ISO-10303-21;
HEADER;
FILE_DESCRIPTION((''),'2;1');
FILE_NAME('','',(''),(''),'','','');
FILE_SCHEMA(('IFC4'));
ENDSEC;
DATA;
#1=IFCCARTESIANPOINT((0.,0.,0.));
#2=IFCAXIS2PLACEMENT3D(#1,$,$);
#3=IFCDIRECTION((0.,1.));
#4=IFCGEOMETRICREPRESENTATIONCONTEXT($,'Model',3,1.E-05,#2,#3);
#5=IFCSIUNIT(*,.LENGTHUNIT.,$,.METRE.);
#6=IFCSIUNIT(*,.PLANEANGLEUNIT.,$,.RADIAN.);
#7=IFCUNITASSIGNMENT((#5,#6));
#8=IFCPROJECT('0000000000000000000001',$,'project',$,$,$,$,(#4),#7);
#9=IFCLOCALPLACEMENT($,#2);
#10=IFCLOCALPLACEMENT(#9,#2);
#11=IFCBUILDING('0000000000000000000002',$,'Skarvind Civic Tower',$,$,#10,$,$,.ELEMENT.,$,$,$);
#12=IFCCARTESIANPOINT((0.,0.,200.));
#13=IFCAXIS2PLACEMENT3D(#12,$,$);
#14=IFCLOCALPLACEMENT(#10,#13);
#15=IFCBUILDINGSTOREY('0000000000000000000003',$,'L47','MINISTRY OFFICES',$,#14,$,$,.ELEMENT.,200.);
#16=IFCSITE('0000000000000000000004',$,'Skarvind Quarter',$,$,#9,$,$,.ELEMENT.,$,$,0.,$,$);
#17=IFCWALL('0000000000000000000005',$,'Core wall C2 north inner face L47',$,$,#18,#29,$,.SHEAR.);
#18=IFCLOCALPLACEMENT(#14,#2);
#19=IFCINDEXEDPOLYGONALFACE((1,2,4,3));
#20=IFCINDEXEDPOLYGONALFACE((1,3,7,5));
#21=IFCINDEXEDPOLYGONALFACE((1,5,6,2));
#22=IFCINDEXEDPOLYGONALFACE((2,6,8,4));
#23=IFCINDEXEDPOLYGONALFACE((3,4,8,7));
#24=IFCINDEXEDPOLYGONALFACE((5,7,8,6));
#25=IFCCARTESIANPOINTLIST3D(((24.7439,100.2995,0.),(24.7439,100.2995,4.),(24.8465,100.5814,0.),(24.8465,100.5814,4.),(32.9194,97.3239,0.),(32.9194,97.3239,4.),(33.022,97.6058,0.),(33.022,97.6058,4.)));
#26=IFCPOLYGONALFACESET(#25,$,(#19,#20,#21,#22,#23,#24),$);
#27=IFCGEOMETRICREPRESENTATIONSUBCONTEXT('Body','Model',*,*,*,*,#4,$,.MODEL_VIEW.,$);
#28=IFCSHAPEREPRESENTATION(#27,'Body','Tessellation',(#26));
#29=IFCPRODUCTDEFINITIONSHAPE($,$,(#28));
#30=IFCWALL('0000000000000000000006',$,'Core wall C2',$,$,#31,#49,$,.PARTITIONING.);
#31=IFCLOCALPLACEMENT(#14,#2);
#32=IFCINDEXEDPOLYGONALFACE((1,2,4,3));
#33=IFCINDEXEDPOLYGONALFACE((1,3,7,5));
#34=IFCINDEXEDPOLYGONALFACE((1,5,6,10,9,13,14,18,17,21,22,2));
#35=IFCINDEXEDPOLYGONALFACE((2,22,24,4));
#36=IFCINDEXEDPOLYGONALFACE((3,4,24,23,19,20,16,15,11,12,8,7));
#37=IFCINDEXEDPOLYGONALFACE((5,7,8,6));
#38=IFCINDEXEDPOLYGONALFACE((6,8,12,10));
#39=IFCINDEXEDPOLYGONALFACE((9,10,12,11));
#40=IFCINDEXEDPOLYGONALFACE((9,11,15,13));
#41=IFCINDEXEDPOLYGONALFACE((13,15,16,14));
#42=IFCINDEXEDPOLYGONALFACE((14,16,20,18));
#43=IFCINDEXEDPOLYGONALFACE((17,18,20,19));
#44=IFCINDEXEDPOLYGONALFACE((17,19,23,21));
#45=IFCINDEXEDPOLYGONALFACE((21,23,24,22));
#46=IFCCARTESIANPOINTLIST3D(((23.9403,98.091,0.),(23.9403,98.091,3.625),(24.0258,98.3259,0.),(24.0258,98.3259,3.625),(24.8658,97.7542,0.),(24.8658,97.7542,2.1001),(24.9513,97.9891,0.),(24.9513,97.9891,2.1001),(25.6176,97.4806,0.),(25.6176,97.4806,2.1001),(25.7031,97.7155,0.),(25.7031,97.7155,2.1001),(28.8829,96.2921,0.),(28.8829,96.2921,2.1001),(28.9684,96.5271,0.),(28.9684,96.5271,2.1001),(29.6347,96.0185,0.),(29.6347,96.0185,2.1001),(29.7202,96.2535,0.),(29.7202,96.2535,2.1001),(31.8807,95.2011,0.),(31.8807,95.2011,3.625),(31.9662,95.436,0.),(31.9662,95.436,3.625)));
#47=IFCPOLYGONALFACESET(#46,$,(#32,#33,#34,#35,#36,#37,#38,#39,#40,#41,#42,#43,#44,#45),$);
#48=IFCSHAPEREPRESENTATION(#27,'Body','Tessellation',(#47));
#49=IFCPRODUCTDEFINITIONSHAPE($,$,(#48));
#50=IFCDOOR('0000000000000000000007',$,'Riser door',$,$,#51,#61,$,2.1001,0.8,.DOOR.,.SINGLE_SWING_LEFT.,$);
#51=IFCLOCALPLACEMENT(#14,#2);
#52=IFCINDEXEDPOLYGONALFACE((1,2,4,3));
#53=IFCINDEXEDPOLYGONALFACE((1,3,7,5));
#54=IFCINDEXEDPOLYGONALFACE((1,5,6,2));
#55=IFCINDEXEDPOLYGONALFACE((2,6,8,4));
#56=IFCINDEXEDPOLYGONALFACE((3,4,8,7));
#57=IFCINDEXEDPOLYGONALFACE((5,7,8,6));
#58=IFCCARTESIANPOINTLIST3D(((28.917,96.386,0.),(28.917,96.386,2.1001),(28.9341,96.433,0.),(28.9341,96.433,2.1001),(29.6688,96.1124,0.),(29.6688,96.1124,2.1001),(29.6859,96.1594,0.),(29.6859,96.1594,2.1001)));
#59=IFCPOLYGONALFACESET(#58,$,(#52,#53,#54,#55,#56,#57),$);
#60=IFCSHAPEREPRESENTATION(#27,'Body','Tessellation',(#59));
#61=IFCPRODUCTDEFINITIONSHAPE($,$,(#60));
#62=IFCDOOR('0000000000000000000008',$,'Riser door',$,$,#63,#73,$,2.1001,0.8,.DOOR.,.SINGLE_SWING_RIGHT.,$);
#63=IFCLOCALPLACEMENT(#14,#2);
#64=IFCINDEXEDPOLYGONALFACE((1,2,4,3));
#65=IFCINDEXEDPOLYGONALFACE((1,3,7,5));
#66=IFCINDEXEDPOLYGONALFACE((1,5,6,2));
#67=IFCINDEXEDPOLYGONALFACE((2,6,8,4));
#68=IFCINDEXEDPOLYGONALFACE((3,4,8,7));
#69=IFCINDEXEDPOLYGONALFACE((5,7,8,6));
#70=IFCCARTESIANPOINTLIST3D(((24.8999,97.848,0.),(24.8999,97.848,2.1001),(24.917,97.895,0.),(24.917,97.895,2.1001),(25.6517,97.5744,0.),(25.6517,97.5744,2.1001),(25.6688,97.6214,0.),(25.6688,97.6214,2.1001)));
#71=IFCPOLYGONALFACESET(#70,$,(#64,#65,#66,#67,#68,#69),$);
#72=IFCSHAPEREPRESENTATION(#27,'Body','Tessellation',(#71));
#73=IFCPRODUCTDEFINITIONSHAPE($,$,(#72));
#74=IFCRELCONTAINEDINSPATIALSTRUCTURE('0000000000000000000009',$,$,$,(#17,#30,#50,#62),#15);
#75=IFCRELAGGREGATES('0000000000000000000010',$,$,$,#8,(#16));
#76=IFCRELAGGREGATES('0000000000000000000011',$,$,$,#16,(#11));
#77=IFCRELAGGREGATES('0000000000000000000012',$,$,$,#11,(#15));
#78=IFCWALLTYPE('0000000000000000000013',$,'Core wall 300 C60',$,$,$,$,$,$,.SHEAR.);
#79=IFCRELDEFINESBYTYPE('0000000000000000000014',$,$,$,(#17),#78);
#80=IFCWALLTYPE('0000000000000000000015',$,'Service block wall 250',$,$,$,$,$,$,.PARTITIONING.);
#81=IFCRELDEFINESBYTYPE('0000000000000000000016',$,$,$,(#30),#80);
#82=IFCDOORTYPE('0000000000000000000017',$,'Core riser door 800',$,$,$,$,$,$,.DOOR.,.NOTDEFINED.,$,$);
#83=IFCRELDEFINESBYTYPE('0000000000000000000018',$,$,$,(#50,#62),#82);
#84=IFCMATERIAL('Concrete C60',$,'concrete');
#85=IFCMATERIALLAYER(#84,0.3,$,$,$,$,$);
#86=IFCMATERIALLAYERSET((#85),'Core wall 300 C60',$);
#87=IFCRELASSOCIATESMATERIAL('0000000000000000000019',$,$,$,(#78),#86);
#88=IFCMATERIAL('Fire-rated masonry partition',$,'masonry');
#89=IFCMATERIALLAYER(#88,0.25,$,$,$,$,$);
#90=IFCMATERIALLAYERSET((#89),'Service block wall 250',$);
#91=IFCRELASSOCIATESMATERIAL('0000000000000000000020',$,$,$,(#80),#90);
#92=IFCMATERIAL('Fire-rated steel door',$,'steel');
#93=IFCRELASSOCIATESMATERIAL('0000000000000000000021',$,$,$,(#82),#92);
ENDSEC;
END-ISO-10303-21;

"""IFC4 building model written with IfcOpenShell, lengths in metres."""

from ifc_helpers import new_model, si_unit, direction, frame, frame_2d, origin, place, context, subcontext, project, spatial, rectangle, extrude, material, layer, layer_set, type_object, element, fill, save


model = new_model("IFC4")

# Units and contexts
model_context = context("Model", 3, precision=1e-05, world=origin(), true_north=direction((0.0, 1.0)))
body_context = subcontext(model_context, "Body", "Model", "MODEL_VIEW")
ifc_project = project(units=[si_unit("LENGTHUNIT", "METRE"), si_unit("PLANEANGLEUNIT", "RADIAN")], contexts=[model_context])

# Site, building, storey
site_placement = place(None, origin())
site = spatial("IfcSite", under=ifc_project, at=site_placement, Name="Skarvind Quarter", CompositionType="ELEMENT", RefElevation=0.0)
building_placement = place(site_placement, origin())
building = spatial("IfcBuilding", under=site, at=building_placement, Name="Skarvind Civic Tower", CompositionType="ELEMENT")
storey_placement = place(building_placement, frame((0.0, 0.0, 200.0)))
storey = spatial("IfcBuildingStorey", under=building, at=storey_placement, Name="L47", Description="MINISTRY OFFICES", CompositionType="ELEMENT", Elevation=200.0)

# Shared definitions
ifc_material_1 = material(Name="Concrete C60", Category="concrete")

# Shared definitions
ifc_material_2 = material(Name="Fire-rated masonry partition", Category="masonry")
ifc_material_3 = material(Name="Fire-rated steel door", Category="steel")

# Wall
ifc_layer_1 = layer(ifc_material_1, 0.3)
ifc_layer_set_1 = layer_set([ifc_layer_1], Name="Core wall 300 C60")
wall_type_1 = type_object("IfcWallType", Name="Core wall 300 C60", PredefinedType="SHEAR", material=ifc_layer_set_1)
wall_1_placement = place(storey_placement, frame((32.9707, 97.4648, 0.0), z_axis=(0.0, 0.0, 1.0), x_axis=(-0.939695, 0.342013, 0.0)))
element("IfcWall", 1, at=wall_1_placement, inside=storey, type_object=wall_type_1, Name="Core wall C2 north inner face L47", PredefinedType="SHEAR", context=body_context, shape_type="SweptSolid", body=[
    extrude(rectangle(XDim=8.7002, YDim=0.3, at=frame_2d((4.3501, 0.0))), origin(), (0.0, 0.0, 1.0), 4.0),
])

# Wall, openings, doors
ifc_layer_2 = layer(ifc_material_2, 0.25)
ifc_layer_set_2 = layer_set([ifc_layer_2], Name="Service block wall 250")
wall_type_2 = type_object("IfcWallType", Name="Service block wall 250", PredefinedType="PARTITIONING", material=ifc_layer_set_2)
wall_2_placement = place(storey_placement, frame((23.9829, 98.2085, 0.0), z_axis=(0.0, 0.0, 1.0), x_axis=(0.9397, -0.342001, 0.0)))
wall_2 = element("IfcWall", 2, at=wall_2_placement, inside=storey, type_object=wall_type_2, Name="Core wall C2", PredefinedType="PARTITIONING", context=body_context, shape_type="SweptSolid", body=[
    extrude(rectangle(XDim=8.45, YDim=0.25, at=frame_2d((4.2251, 0.0))), origin(), (0.0, 0.0, 1.0), 3.625),
])
opening_1_placement = place(wall_2_placement, frame((5.26, 0.0, 0.0)))
opening_1 = element("IfcOpeningElement", 3, at=opening_1_placement, cuts=wall_2, PredefinedType="OPENING", context=body_context, shape_type="SweptSolid", body=[
    extrude(rectangle(XDim=0.8, YDim=2.1001, at=frame_2d((0.3999, 1.05))), frame((0.0, 0.135, 0.0), z_axis=(0.0, -1.0, 0.0), x_axis=(1.0, 0.0, 0.0)), (0.0, 0.0, 1.0), 0.27),
])
opening_2_placement = place(wall_2_placement, frame((0.9851, 0.0, 0.0)))
opening_2 = element("IfcOpeningElement", 4, at=opening_2_placement, cuts=wall_2, PredefinedType="OPENING", context=body_context, shape_type="SweptSolid", body=[
    extrude(rectangle(XDim=0.8, YDim=2.1001, at=frame_2d((0.3999, 1.05))), frame((0.0, 0.135, 0.0), z_axis=(0.0, -1.0, 0.0), x_axis=(1.0, 0.0, 0.0)), (0.0, 0.0, 1.0), 0.27),
])
door_type_1 = type_object("IfcDoorType", Name="Core riser door 800", OperationType="NOTDEFINED", PredefinedType="DOOR", material=ifc_material_3)
door_1_placement = place(opening_1_placement, origin())
door_1 = element("IfcDoor", 5, at=door_1_placement, inside=storey, type_object=door_type_1, Name="Riser door", OperationType="SINGLE_SWING_LEFT", OverallHeight=2.1001, OverallWidth=0.8, PredefinedType="DOOR", context=body_context, shape_type="SweptSolid", body=[
    extrude(rectangle(XDim=0.8, YDim=2.1001, at=frame_2d((0.3999, 1.05))), frame((0.0, 0.0249, 0.0), z_axis=(0.0, -1.0, 0.0), x_axis=(1.0, 0.0, 0.0)), (0.0, 0.0, 1.0), 0.05),
])
fill(opening_1, door_1)
door_2_placement = place(opening_2_placement, origin())
door_2 = element("IfcDoor", 6, at=door_2_placement, inside=storey, type_object=door_type_1, Name="Riser door", OperationType="SINGLE_SWING_RIGHT", OverallHeight=2.1001, OverallWidth=0.8, PredefinedType="DOOR", context=body_context, shape_type="SweptSolid", body=[
    extrude(rectangle(XDim=0.8, YDim=2.1001, at=frame_2d((0.3999, 1.05))), frame((0.0, 0.0249, 0.0), z_axis=(0.0, -1.0, 0.0), x_axis=(1.0, 0.0, 0.0)), (0.0, 0.0, 1.0), 0.05),
])
fill(opening_2, door_2)

save(model, "model.ifc")
